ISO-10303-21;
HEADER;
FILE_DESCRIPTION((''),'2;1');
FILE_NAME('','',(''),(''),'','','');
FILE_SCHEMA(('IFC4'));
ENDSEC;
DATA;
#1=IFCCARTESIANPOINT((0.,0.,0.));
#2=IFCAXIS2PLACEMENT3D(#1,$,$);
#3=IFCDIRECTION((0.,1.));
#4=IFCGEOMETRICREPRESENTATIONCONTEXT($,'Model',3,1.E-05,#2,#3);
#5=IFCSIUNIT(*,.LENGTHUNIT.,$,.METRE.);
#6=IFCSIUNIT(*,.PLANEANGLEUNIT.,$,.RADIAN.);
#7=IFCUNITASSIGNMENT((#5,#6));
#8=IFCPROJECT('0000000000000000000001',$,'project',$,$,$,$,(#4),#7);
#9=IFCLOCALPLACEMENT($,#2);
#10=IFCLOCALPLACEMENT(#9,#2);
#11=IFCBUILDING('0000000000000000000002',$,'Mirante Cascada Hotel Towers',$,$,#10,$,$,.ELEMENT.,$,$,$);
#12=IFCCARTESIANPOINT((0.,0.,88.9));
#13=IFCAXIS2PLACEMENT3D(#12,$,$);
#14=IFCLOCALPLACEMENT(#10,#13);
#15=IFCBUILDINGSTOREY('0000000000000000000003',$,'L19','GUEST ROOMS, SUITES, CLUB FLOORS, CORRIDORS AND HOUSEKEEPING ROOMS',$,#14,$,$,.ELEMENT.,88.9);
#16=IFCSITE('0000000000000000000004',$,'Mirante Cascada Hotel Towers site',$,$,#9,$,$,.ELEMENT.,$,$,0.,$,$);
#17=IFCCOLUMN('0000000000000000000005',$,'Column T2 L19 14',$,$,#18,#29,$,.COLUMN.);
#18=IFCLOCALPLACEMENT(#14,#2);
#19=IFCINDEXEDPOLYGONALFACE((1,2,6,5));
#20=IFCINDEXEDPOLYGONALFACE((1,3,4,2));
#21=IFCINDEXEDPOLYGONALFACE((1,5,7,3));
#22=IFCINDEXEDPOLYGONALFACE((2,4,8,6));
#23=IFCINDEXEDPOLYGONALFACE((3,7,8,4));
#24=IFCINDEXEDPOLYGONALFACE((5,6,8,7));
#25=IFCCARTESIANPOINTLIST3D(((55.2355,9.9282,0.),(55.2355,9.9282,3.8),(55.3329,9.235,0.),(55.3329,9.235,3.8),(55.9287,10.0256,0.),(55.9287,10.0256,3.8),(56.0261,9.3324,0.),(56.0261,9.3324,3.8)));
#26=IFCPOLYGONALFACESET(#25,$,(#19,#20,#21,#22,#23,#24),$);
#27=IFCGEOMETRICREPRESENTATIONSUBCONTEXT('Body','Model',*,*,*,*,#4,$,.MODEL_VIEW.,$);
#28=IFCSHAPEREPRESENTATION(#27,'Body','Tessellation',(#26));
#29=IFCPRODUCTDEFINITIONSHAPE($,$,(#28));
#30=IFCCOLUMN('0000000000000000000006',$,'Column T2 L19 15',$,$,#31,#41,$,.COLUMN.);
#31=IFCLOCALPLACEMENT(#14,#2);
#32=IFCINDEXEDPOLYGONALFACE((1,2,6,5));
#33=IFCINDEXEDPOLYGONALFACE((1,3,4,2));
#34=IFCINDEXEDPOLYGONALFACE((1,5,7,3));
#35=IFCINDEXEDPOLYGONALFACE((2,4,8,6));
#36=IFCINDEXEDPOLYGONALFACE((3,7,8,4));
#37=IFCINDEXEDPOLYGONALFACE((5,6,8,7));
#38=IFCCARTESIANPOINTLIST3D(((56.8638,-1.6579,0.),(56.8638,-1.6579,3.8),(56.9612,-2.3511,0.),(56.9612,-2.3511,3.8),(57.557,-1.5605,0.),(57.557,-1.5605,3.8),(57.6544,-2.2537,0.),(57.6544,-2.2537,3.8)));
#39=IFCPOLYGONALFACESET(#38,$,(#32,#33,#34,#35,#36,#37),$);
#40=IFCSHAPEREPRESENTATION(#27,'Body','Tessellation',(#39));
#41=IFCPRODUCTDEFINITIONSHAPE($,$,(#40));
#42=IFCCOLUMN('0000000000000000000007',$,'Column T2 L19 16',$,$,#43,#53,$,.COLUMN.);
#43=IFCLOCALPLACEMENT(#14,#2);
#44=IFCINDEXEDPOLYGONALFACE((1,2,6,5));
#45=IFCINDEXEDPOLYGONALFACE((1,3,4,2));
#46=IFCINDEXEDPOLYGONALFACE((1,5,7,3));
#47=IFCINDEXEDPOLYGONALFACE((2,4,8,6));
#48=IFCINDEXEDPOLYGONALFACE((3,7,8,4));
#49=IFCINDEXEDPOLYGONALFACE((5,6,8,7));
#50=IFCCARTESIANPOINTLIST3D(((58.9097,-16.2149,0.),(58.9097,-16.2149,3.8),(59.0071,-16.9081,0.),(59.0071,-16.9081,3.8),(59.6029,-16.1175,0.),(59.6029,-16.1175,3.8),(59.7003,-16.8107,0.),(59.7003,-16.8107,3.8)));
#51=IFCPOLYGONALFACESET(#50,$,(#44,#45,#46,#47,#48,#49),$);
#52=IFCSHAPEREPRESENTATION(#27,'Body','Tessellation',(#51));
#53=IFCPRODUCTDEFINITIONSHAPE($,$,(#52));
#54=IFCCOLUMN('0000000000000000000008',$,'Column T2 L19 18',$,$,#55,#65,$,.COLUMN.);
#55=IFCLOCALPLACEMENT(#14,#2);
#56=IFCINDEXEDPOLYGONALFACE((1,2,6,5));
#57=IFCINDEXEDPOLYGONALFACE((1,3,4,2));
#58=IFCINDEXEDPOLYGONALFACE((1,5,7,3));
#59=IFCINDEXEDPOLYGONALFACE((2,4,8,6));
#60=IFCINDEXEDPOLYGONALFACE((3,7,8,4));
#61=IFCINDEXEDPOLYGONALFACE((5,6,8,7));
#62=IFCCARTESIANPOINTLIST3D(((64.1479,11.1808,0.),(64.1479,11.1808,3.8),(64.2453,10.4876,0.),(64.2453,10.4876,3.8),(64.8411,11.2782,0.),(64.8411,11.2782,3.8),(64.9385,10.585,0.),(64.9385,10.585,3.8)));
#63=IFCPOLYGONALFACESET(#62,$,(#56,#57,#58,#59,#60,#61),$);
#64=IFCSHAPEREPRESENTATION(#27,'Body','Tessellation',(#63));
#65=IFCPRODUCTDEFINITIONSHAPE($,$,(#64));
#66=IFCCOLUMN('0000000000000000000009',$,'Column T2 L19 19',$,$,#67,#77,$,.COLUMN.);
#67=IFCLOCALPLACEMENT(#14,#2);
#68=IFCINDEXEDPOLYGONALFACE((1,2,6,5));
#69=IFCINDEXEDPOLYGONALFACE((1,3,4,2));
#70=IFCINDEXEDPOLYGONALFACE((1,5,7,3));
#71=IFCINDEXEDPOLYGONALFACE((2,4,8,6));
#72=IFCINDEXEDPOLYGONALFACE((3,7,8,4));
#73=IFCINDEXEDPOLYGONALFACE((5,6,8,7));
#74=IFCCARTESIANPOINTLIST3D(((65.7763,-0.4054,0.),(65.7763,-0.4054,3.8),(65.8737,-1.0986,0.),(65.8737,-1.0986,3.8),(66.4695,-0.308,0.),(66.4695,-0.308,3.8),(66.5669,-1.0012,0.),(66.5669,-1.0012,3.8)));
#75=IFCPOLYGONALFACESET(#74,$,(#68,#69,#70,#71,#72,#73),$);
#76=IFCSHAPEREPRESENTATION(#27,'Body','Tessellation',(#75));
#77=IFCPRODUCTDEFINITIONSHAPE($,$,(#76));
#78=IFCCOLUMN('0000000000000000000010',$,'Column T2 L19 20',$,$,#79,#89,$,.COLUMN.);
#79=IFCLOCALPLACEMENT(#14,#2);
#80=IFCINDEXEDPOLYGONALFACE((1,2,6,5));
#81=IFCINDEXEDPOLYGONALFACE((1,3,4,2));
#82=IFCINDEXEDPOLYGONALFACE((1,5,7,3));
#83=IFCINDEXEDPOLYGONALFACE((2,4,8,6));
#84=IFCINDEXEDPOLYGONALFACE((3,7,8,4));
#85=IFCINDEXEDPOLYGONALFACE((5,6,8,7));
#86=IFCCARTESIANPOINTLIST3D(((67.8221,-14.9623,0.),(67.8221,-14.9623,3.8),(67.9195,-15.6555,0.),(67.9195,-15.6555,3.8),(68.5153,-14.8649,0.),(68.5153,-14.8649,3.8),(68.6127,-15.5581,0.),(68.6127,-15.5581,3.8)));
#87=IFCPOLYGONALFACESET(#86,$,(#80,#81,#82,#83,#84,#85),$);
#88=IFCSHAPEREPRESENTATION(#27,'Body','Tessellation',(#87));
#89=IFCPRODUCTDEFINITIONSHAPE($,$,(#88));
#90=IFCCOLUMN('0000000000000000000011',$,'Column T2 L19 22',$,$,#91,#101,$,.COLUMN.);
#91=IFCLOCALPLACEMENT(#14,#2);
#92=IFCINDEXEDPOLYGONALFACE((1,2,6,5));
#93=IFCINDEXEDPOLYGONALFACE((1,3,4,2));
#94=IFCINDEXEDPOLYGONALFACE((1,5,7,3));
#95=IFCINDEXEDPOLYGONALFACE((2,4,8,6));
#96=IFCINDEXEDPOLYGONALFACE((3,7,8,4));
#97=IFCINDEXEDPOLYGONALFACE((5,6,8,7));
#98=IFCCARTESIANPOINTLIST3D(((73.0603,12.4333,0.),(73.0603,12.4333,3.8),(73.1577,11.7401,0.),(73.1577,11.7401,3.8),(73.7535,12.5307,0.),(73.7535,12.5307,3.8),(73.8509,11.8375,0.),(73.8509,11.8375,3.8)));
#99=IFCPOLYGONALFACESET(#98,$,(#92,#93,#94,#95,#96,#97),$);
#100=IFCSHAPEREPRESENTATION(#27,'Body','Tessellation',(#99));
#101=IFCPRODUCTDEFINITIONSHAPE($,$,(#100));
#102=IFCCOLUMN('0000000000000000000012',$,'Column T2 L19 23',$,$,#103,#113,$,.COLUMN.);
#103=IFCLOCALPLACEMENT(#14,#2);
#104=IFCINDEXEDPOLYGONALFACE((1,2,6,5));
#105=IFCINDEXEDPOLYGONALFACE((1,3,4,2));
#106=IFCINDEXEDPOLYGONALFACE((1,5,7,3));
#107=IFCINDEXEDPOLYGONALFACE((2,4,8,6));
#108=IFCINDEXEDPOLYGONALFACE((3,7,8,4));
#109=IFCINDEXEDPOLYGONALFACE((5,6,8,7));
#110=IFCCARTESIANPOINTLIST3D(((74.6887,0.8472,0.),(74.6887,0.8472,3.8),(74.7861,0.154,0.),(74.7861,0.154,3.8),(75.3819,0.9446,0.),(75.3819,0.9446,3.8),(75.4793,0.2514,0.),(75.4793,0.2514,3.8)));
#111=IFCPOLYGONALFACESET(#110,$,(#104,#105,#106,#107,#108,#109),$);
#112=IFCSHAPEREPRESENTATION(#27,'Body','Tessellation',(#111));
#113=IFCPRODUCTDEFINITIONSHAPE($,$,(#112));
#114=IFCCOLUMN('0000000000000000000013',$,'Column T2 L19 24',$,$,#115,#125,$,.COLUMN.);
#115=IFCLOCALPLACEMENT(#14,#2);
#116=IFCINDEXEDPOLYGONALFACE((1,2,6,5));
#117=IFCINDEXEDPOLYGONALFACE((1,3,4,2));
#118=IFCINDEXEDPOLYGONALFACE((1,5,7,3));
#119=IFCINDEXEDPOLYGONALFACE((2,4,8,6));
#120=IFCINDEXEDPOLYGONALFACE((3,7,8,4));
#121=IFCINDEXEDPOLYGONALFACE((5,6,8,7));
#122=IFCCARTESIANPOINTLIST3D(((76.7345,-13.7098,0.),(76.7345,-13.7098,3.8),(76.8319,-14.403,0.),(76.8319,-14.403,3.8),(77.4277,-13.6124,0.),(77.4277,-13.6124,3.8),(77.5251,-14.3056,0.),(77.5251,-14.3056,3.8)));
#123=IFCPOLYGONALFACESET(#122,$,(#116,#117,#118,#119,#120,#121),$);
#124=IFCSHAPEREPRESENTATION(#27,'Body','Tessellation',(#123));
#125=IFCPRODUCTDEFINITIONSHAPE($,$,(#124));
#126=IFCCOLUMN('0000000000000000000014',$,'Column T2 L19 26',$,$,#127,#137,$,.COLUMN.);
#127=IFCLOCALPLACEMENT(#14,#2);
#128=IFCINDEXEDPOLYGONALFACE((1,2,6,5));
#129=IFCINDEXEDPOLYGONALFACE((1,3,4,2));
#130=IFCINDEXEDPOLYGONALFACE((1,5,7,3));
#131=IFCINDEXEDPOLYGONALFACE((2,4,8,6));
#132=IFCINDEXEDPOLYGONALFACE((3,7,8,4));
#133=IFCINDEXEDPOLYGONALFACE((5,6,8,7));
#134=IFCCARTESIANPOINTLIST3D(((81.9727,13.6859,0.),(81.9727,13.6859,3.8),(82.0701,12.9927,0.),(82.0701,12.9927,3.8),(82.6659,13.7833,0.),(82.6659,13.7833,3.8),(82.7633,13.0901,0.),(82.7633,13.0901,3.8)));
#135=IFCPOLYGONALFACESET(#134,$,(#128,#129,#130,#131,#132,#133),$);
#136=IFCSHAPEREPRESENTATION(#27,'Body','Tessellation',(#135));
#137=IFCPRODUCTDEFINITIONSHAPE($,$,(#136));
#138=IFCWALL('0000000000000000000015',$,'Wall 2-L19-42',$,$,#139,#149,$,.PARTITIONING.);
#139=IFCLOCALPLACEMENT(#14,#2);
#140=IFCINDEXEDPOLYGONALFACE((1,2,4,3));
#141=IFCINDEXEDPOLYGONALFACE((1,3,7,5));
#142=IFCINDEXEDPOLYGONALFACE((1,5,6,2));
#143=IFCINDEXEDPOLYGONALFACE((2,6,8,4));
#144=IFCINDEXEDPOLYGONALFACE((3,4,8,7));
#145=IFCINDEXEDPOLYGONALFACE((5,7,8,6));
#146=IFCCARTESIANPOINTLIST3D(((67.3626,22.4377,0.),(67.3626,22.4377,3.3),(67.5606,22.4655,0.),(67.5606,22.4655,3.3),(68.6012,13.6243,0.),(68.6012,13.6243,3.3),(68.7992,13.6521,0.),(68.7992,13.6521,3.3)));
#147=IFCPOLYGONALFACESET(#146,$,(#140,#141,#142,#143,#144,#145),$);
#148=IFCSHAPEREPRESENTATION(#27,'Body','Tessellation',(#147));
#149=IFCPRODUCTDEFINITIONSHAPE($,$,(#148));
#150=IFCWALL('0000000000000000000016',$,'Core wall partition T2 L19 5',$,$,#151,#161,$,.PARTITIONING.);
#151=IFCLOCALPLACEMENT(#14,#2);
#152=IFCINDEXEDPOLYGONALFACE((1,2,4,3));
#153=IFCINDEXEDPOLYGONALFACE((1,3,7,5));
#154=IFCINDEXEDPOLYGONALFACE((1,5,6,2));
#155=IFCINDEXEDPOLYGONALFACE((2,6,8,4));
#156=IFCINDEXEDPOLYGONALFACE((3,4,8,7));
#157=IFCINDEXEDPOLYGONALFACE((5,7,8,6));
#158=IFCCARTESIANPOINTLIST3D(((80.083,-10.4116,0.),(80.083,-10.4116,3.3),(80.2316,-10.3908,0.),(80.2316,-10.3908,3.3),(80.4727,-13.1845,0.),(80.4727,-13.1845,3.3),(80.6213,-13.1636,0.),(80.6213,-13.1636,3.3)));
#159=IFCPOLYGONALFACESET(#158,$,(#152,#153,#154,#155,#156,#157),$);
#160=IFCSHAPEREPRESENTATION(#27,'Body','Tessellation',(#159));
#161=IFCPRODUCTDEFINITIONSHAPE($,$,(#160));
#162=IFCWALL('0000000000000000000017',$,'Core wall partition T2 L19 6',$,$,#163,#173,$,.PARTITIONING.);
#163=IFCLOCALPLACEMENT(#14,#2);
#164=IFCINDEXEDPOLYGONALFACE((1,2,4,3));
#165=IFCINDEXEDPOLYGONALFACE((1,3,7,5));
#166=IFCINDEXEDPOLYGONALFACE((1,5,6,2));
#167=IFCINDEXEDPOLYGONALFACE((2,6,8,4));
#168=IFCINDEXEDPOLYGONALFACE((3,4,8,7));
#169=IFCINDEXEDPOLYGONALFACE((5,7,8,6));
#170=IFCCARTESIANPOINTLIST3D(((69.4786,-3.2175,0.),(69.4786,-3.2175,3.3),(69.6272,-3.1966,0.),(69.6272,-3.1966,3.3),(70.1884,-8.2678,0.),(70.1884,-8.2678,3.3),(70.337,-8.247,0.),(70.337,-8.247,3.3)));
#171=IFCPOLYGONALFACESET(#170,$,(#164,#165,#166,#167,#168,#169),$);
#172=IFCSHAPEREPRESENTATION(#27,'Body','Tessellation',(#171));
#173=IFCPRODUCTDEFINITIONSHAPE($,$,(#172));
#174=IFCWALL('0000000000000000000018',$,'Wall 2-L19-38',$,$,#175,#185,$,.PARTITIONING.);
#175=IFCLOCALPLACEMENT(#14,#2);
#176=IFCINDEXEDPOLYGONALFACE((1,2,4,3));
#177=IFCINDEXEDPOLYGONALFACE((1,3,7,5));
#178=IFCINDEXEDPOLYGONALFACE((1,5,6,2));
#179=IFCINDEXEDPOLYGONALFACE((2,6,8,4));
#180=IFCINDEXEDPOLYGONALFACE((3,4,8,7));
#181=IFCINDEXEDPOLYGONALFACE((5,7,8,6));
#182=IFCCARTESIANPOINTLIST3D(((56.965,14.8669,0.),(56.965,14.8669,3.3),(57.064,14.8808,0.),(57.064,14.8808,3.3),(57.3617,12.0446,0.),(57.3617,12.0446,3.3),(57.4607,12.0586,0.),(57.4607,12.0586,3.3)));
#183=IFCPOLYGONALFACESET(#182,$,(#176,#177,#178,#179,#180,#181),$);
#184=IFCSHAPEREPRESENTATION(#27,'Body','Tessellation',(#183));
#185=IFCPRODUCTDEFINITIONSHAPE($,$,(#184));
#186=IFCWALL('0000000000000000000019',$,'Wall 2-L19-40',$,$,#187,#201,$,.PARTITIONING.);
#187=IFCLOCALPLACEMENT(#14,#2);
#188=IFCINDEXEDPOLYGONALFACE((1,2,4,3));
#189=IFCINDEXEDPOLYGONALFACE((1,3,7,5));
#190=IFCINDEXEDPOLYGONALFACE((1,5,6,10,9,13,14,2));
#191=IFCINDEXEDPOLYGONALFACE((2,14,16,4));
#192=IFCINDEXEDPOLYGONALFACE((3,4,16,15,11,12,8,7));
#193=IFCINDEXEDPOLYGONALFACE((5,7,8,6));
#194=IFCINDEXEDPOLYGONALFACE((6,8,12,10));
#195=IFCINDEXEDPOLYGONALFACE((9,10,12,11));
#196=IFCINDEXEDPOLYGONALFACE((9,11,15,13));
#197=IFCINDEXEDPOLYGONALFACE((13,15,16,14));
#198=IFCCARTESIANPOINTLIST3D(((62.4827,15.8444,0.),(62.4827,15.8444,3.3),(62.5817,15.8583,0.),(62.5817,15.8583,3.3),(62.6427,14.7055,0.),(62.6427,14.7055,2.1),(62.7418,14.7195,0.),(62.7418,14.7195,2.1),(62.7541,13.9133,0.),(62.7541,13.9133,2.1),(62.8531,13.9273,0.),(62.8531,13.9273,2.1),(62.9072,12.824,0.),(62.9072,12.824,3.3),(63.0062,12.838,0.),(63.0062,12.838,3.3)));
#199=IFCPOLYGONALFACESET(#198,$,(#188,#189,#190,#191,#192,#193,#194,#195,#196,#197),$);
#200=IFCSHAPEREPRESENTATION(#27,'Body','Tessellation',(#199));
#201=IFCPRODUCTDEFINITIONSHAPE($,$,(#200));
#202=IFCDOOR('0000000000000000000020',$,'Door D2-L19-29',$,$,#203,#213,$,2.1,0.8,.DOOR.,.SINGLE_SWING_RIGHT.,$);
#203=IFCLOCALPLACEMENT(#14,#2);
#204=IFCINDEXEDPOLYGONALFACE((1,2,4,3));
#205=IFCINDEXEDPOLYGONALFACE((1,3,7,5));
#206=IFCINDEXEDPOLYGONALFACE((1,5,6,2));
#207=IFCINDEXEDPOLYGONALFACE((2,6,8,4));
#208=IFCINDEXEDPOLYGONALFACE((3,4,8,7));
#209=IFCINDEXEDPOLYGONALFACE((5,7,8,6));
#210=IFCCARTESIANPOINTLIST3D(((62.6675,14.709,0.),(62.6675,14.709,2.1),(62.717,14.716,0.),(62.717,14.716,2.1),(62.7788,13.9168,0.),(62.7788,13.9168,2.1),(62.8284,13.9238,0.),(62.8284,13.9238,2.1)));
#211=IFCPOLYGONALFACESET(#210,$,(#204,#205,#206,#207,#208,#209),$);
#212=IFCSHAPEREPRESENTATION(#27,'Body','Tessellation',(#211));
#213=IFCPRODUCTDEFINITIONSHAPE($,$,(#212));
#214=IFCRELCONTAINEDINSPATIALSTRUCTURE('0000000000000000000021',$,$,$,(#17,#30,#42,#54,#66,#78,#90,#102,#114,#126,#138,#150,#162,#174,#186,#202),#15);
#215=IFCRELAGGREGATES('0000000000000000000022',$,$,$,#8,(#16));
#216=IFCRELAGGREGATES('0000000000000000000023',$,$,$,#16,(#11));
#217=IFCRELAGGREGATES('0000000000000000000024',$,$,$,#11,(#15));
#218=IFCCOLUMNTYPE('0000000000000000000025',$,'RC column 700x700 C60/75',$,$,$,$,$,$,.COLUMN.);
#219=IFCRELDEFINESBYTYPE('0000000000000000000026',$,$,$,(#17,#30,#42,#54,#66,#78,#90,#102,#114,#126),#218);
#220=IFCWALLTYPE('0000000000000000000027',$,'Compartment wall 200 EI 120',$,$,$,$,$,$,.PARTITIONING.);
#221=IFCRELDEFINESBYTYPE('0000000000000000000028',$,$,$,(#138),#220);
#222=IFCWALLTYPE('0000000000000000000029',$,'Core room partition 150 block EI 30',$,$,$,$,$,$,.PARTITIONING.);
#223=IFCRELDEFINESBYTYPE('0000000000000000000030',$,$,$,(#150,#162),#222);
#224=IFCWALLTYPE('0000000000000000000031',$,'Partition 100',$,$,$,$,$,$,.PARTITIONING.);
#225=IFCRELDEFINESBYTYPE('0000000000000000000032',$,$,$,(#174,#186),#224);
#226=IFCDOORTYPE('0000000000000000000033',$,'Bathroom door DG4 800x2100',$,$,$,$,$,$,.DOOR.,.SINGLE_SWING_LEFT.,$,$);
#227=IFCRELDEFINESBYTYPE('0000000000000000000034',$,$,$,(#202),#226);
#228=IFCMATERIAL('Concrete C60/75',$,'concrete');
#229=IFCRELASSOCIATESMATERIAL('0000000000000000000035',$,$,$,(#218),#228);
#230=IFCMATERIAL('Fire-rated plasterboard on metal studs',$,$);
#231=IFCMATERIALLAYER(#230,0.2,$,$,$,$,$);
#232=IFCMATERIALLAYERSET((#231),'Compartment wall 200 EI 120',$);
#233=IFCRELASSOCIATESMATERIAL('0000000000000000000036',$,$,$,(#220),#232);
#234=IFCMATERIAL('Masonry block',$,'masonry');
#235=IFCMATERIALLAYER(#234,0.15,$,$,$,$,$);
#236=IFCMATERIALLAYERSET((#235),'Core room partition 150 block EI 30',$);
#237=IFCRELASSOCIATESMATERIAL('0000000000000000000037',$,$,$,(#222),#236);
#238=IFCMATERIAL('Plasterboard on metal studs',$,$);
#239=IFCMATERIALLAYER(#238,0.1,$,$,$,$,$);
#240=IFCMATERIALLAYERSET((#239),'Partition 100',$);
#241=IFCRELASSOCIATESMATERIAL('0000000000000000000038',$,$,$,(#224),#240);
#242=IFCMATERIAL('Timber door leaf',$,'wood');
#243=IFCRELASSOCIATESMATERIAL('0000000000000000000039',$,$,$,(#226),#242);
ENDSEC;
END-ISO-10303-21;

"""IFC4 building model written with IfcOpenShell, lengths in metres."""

from ifc_helpers import new_model, si_unit, direction, frame, frame_2d, origin, origin_2d, place, context, subcontext, project, spatial, rectangle, extrude, material, layer, layer_set, material_profile, profile_set, type_object, element, fill, save


model = new_model("IFC4")

# Units and contexts
model_context = context("Model", 3, precision=1e-05, world=origin(), true_north=direction((0.0, 1.0)))
body_context = subcontext(model_context, "Body", "Model", "MODEL_VIEW")
ifc_project = project(units=[si_unit("LENGTHUNIT", "METRE"), si_unit("PLANEANGLEUNIT", "RADIAN")], contexts=[model_context])

# Site, building, storey
site_placement = place(None, origin())
site = spatial("IfcSite", under=ifc_project, at=site_placement, Name="Mirante Cascada Hotel Towers site", CompositionType="ELEMENT", RefElevation=0.0)
building_placement = place(site_placement, origin())
building = spatial("IfcBuilding", under=site, at=building_placement, Name="Mirante Cascada Hotel Towers", CompositionType="ELEMENT")
storey_placement = place(building_placement, frame((0.0, 0.0, 88.9)))
storey = spatial("IfcBuildingStorey", under=building, at=storey_placement, Name="L19", Description="GUEST ROOMS, SUITES, CLUB FLOORS, CORRIDORS AND HOUSEKEEPING ROOMS", CompositionType="ELEMENT", Elevation=88.9)

# Columns
ifc_material_1 = material(Name="Concrete C60/75", Category="concrete")
ifc_material_profile = material_profile(ifc_material_1, rectangle(XDim=0.7, YDim=0.7, at=origin_2d()), Name="RC column 700x700 C60/75")
ifc_profile_set = profile_set([ifc_material_profile], Name="Concrete C60/75")
column_type = type_object("IfcColumnType", Name="RC column 700x700 C60/75", PredefinedType="COLUMN", material=ifc_profile_set)
for number, where, z_axis, x_axis, name in (
    (1, (55.6308, 9.6303, 0.0), (0.0, 0.0, 1.0), (0.990268, 0.139173, 0.0), "Column T2 L19 14"),
    (2, (57.2591, -1.9558, 0.0), (0.0, 0.0, 1.0), (0.990268, 0.139173, 0.0), "Column T2 L19 15"),
    (3, (59.305, -16.5128, 0.0), (0.0, 0.0, 1.0), (0.990268, 0.139173, 0.0), "Column T2 L19 16"),
    (4, (64.5432, 10.8829, 0.0), (0.0, 0.0, 1.0), (0.990268, 0.139173, 0.0), "Column T2 L19 18"),
    (5, (66.1716, -0.7033, 0.0), (0.0, 0.0, 1.0), (0.990268, 0.139173, 0.0), "Column T2 L19 19"),
    (6, (68.2174, -15.2602, 0.0), (0.0, 0.0, 1.0), (0.990268, 0.139173, 0.0), "Column T2 L19 20"),
    (7, (73.4556, 12.1354, 0.0), (0.0, 0.0, 1.0), (0.990268, 0.139173, 0.0), "Column T2 L19 22"),
    (8, (75.084, 0.5493, 0.0), (0.0, 0.0, 1.0), (0.990268, 0.139173, 0.0), "Column T2 L19 23"),
    (9, (77.1298, -14.0077, 0.0), (0.0, 0.0, 1.0), (0.990268, 0.139173, 0.0), "Column T2 L19 24"),
    (10, (82.368, 13.388, 0.0), (0.0, 0.0, 1.0), (0.990268, 0.139173, 0.0), "Column T2 L19 26"),
):
    element("IfcColumn", number, at=place(storey_placement, frame(where, z_axis=z_axis, x_axis=x_axis)), inside=storey, type_object=column_type, Name=name, PredefinedType="COLUMN", context=body_context, shape_type="SweptSolid", body=[
        extrude(rectangle(XDim=0.7, YDim=0.7, at=origin_2d()), origin(), (0.0, 0.0, 1.0), 3.8),
    ])

# Walls
ifc_material_2 = material(Name="Fire-rated plasterboard on metal studs")
ifc_layer_1 = layer(ifc_material_2, 0.2)
ifc_layer_set_1 = layer_set([ifc_layer_1], Name="Compartment wall 200 EI 120")
wall_type_1 = type_object("IfcWallType", Name="Compartment wall 200 EI 120", PredefinedType="PARTITIONING", material=ifc_layer_set_1)
wall_1_placement = place(storey_placement, frame((68.7002, 13.6382, 0.0), z_axis=(0.0, 0.0, 1.0), x_axis=(-0.139168, 0.990269, 0.0)))
element("IfcWall", 11, at=wall_1_placement, inside=storey, type_object=wall_type_1, Name="Wall 2-L19-42", PredefinedType="PARTITIONING", context=body_context, shape_type="SweptSolid", body=[
    extrude(rectangle(XDim=8.9, YDim=0.2, at=frame_2d((4.45, 0.0))), origin(), (0.0, 0.0, 1.0), 3.3),
])
ifc_material_3 = material(Name="Masonry block", Category="masonry")
ifc_layer_2 = layer(ifc_material_3, 0.15)
ifc_layer_set_2 = layer_set([ifc_layer_2], Name="Core room partition 150 block EI 30")
wall_type_2 = type_object("IfcWallType", Name="Core room partition 150 block EI 30", PredefinedType="PARTITIONING", material=ifc_layer_set_2)
wall_2_placement = place(storey_placement, frame((80.547, -13.174, 0.0), z_axis=(0.0, 0.0, 1.0), x_axis=(-0.139176, 0.990268, 0.0)))
element("IfcWall", 12, at=wall_2_placement, inside=storey, type_object=wall_type_2, Name="Core wall partition T2 L19 5", PredefinedType="PARTITIONING", context=body_context, shape_type="SweptSolid", body=[
    extrude(rectangle(XDim=2.8001, YDim=0.15, at=frame_2d((1.4, 0.0))), origin(), (0.0, 0.0, 1.0), 3.3),
])
wall_3_placement = place(storey_placement, frame((70.2627, -8.2574, 0.0), z_axis=(0.0, 0.0, 1.0), x_axis=(-0.139176, 0.990268, 0.0)))
element("IfcWall", 13, at=wall_3_placement, inside=storey, type_object=wall_type_2, Name="Core wall partition T2 L19 6", PredefinedType="PARTITIONING", context=body_context, shape_type="SweptSolid", body=[
    extrude(rectangle(XDim=5.1, YDim=0.15, at=frame_2d((2.55, 0.0))), origin(), (0.0, 0.0, 1.0), 3.3),
])
ifc_material_4 = material(Name="Plasterboard on metal studs")
ifc_layer_3 = layer(ifc_material_4, 0.1)
ifc_layer_set_3 = layer_set([ifc_layer_3], Name="Partition 100")
wall_type_3 = type_object("IfcWallType", Name="Partition 100", PredefinedType="PARTITIONING", material=ifc_layer_set_3)
wall_4_placement = place(storey_placement, frame((57.4112, 12.0516, 0.0), z_axis=(0.0, 0.0, 1.0), x_axis=(-0.139191, 0.990266, 0.0)))
element("IfcWall", 14, at=wall_4_placement, inside=storey, type_object=wall_type_3, Name="Wall 2-L19-38", PredefinedType="PARTITIONING", context=body_context, shape_type="SweptSolid", body=[
    extrude(rectangle(XDim=2.85, YDim=0.1, at=frame_2d((1.425, 0.0))), origin(), (0.0, 0.0, 1.0), 3.3),
])

# Wall, opening, door
wall_5_placement = place(storey_placement, frame((62.9567, 12.831, 0.0), z_axis=(0.0, 0.0, 1.0), x_axis=(-0.139181, 0.990267, 0.0)))
wall_5 = element("IfcWall", 15, at=wall_5_placement, inside=storey, type_object=wall_type_3, Name="Wall 2-L19-40", PredefinedType="PARTITIONING", context=body_context, shape_type="SweptSolid", body=[
    extrude(rectangle(XDim=3.05, YDim=0.1, at=frame_2d((1.525, 0.0))), origin(), (0.0, 0.0, 1.0), 3.3),
])
opening_1_placement = place(wall_5_placement, frame((1.1, 0.0, 0.0)))
opening_1 = element("IfcOpeningElement", 16, at=opening_1_placement, cuts=wall_5, PredefinedType="OPENING", context=body_context, shape_type="SweptSolid", body=[
    extrude(rectangle(XDim=0.8, YDim=2.1, at=frame_2d((0.4, 1.05))), frame((0.0, 0.05, 0.0), z_axis=(0.0, -1.0, 0.0), x_axis=(1.0, 0.0, 0.0)), (0.0, 0.0, 1.0), 0.1),
])
ifc_material_5 = material(Name="Timber door leaf", Category="wood")
door_type_1 = type_object("IfcDoorType", Name="Bathroom door DG4 800x2100", OperationType="SINGLE_SWING_LEFT", PredefinedType="DOOR", material=ifc_material_5)
door_1_placement = place(opening_1_placement, frame((0.8, 0.0, 0.0), z_axis=(0.0, 0.0, 1.0), x_axis=(-1.0, 0.0, 0.0)))
door_1 = element("IfcDoor", 17, at=door_1_placement, inside=storey, type_object=door_type_1, Name="Door D2-L19-29", OperationType="SINGLE_SWING_RIGHT", OverallHeight=2.1, OverallWidth=0.8, PredefinedType="DOOR", context=body_context, shape_type="SweptSolid", body=[
    extrude(rectangle(XDim=0.8, YDim=2.1, at=frame_2d((0.4, 1.05))), frame((0.0, 0.025, 0.0), z_axis=(0.0, -1.0, 0.0), x_axis=(1.0, 0.0, 0.0)), (0.0, 0.0, 1.0), 0.05),
])
fill(opening_1, door_1)

save(model, "model.ifc")
